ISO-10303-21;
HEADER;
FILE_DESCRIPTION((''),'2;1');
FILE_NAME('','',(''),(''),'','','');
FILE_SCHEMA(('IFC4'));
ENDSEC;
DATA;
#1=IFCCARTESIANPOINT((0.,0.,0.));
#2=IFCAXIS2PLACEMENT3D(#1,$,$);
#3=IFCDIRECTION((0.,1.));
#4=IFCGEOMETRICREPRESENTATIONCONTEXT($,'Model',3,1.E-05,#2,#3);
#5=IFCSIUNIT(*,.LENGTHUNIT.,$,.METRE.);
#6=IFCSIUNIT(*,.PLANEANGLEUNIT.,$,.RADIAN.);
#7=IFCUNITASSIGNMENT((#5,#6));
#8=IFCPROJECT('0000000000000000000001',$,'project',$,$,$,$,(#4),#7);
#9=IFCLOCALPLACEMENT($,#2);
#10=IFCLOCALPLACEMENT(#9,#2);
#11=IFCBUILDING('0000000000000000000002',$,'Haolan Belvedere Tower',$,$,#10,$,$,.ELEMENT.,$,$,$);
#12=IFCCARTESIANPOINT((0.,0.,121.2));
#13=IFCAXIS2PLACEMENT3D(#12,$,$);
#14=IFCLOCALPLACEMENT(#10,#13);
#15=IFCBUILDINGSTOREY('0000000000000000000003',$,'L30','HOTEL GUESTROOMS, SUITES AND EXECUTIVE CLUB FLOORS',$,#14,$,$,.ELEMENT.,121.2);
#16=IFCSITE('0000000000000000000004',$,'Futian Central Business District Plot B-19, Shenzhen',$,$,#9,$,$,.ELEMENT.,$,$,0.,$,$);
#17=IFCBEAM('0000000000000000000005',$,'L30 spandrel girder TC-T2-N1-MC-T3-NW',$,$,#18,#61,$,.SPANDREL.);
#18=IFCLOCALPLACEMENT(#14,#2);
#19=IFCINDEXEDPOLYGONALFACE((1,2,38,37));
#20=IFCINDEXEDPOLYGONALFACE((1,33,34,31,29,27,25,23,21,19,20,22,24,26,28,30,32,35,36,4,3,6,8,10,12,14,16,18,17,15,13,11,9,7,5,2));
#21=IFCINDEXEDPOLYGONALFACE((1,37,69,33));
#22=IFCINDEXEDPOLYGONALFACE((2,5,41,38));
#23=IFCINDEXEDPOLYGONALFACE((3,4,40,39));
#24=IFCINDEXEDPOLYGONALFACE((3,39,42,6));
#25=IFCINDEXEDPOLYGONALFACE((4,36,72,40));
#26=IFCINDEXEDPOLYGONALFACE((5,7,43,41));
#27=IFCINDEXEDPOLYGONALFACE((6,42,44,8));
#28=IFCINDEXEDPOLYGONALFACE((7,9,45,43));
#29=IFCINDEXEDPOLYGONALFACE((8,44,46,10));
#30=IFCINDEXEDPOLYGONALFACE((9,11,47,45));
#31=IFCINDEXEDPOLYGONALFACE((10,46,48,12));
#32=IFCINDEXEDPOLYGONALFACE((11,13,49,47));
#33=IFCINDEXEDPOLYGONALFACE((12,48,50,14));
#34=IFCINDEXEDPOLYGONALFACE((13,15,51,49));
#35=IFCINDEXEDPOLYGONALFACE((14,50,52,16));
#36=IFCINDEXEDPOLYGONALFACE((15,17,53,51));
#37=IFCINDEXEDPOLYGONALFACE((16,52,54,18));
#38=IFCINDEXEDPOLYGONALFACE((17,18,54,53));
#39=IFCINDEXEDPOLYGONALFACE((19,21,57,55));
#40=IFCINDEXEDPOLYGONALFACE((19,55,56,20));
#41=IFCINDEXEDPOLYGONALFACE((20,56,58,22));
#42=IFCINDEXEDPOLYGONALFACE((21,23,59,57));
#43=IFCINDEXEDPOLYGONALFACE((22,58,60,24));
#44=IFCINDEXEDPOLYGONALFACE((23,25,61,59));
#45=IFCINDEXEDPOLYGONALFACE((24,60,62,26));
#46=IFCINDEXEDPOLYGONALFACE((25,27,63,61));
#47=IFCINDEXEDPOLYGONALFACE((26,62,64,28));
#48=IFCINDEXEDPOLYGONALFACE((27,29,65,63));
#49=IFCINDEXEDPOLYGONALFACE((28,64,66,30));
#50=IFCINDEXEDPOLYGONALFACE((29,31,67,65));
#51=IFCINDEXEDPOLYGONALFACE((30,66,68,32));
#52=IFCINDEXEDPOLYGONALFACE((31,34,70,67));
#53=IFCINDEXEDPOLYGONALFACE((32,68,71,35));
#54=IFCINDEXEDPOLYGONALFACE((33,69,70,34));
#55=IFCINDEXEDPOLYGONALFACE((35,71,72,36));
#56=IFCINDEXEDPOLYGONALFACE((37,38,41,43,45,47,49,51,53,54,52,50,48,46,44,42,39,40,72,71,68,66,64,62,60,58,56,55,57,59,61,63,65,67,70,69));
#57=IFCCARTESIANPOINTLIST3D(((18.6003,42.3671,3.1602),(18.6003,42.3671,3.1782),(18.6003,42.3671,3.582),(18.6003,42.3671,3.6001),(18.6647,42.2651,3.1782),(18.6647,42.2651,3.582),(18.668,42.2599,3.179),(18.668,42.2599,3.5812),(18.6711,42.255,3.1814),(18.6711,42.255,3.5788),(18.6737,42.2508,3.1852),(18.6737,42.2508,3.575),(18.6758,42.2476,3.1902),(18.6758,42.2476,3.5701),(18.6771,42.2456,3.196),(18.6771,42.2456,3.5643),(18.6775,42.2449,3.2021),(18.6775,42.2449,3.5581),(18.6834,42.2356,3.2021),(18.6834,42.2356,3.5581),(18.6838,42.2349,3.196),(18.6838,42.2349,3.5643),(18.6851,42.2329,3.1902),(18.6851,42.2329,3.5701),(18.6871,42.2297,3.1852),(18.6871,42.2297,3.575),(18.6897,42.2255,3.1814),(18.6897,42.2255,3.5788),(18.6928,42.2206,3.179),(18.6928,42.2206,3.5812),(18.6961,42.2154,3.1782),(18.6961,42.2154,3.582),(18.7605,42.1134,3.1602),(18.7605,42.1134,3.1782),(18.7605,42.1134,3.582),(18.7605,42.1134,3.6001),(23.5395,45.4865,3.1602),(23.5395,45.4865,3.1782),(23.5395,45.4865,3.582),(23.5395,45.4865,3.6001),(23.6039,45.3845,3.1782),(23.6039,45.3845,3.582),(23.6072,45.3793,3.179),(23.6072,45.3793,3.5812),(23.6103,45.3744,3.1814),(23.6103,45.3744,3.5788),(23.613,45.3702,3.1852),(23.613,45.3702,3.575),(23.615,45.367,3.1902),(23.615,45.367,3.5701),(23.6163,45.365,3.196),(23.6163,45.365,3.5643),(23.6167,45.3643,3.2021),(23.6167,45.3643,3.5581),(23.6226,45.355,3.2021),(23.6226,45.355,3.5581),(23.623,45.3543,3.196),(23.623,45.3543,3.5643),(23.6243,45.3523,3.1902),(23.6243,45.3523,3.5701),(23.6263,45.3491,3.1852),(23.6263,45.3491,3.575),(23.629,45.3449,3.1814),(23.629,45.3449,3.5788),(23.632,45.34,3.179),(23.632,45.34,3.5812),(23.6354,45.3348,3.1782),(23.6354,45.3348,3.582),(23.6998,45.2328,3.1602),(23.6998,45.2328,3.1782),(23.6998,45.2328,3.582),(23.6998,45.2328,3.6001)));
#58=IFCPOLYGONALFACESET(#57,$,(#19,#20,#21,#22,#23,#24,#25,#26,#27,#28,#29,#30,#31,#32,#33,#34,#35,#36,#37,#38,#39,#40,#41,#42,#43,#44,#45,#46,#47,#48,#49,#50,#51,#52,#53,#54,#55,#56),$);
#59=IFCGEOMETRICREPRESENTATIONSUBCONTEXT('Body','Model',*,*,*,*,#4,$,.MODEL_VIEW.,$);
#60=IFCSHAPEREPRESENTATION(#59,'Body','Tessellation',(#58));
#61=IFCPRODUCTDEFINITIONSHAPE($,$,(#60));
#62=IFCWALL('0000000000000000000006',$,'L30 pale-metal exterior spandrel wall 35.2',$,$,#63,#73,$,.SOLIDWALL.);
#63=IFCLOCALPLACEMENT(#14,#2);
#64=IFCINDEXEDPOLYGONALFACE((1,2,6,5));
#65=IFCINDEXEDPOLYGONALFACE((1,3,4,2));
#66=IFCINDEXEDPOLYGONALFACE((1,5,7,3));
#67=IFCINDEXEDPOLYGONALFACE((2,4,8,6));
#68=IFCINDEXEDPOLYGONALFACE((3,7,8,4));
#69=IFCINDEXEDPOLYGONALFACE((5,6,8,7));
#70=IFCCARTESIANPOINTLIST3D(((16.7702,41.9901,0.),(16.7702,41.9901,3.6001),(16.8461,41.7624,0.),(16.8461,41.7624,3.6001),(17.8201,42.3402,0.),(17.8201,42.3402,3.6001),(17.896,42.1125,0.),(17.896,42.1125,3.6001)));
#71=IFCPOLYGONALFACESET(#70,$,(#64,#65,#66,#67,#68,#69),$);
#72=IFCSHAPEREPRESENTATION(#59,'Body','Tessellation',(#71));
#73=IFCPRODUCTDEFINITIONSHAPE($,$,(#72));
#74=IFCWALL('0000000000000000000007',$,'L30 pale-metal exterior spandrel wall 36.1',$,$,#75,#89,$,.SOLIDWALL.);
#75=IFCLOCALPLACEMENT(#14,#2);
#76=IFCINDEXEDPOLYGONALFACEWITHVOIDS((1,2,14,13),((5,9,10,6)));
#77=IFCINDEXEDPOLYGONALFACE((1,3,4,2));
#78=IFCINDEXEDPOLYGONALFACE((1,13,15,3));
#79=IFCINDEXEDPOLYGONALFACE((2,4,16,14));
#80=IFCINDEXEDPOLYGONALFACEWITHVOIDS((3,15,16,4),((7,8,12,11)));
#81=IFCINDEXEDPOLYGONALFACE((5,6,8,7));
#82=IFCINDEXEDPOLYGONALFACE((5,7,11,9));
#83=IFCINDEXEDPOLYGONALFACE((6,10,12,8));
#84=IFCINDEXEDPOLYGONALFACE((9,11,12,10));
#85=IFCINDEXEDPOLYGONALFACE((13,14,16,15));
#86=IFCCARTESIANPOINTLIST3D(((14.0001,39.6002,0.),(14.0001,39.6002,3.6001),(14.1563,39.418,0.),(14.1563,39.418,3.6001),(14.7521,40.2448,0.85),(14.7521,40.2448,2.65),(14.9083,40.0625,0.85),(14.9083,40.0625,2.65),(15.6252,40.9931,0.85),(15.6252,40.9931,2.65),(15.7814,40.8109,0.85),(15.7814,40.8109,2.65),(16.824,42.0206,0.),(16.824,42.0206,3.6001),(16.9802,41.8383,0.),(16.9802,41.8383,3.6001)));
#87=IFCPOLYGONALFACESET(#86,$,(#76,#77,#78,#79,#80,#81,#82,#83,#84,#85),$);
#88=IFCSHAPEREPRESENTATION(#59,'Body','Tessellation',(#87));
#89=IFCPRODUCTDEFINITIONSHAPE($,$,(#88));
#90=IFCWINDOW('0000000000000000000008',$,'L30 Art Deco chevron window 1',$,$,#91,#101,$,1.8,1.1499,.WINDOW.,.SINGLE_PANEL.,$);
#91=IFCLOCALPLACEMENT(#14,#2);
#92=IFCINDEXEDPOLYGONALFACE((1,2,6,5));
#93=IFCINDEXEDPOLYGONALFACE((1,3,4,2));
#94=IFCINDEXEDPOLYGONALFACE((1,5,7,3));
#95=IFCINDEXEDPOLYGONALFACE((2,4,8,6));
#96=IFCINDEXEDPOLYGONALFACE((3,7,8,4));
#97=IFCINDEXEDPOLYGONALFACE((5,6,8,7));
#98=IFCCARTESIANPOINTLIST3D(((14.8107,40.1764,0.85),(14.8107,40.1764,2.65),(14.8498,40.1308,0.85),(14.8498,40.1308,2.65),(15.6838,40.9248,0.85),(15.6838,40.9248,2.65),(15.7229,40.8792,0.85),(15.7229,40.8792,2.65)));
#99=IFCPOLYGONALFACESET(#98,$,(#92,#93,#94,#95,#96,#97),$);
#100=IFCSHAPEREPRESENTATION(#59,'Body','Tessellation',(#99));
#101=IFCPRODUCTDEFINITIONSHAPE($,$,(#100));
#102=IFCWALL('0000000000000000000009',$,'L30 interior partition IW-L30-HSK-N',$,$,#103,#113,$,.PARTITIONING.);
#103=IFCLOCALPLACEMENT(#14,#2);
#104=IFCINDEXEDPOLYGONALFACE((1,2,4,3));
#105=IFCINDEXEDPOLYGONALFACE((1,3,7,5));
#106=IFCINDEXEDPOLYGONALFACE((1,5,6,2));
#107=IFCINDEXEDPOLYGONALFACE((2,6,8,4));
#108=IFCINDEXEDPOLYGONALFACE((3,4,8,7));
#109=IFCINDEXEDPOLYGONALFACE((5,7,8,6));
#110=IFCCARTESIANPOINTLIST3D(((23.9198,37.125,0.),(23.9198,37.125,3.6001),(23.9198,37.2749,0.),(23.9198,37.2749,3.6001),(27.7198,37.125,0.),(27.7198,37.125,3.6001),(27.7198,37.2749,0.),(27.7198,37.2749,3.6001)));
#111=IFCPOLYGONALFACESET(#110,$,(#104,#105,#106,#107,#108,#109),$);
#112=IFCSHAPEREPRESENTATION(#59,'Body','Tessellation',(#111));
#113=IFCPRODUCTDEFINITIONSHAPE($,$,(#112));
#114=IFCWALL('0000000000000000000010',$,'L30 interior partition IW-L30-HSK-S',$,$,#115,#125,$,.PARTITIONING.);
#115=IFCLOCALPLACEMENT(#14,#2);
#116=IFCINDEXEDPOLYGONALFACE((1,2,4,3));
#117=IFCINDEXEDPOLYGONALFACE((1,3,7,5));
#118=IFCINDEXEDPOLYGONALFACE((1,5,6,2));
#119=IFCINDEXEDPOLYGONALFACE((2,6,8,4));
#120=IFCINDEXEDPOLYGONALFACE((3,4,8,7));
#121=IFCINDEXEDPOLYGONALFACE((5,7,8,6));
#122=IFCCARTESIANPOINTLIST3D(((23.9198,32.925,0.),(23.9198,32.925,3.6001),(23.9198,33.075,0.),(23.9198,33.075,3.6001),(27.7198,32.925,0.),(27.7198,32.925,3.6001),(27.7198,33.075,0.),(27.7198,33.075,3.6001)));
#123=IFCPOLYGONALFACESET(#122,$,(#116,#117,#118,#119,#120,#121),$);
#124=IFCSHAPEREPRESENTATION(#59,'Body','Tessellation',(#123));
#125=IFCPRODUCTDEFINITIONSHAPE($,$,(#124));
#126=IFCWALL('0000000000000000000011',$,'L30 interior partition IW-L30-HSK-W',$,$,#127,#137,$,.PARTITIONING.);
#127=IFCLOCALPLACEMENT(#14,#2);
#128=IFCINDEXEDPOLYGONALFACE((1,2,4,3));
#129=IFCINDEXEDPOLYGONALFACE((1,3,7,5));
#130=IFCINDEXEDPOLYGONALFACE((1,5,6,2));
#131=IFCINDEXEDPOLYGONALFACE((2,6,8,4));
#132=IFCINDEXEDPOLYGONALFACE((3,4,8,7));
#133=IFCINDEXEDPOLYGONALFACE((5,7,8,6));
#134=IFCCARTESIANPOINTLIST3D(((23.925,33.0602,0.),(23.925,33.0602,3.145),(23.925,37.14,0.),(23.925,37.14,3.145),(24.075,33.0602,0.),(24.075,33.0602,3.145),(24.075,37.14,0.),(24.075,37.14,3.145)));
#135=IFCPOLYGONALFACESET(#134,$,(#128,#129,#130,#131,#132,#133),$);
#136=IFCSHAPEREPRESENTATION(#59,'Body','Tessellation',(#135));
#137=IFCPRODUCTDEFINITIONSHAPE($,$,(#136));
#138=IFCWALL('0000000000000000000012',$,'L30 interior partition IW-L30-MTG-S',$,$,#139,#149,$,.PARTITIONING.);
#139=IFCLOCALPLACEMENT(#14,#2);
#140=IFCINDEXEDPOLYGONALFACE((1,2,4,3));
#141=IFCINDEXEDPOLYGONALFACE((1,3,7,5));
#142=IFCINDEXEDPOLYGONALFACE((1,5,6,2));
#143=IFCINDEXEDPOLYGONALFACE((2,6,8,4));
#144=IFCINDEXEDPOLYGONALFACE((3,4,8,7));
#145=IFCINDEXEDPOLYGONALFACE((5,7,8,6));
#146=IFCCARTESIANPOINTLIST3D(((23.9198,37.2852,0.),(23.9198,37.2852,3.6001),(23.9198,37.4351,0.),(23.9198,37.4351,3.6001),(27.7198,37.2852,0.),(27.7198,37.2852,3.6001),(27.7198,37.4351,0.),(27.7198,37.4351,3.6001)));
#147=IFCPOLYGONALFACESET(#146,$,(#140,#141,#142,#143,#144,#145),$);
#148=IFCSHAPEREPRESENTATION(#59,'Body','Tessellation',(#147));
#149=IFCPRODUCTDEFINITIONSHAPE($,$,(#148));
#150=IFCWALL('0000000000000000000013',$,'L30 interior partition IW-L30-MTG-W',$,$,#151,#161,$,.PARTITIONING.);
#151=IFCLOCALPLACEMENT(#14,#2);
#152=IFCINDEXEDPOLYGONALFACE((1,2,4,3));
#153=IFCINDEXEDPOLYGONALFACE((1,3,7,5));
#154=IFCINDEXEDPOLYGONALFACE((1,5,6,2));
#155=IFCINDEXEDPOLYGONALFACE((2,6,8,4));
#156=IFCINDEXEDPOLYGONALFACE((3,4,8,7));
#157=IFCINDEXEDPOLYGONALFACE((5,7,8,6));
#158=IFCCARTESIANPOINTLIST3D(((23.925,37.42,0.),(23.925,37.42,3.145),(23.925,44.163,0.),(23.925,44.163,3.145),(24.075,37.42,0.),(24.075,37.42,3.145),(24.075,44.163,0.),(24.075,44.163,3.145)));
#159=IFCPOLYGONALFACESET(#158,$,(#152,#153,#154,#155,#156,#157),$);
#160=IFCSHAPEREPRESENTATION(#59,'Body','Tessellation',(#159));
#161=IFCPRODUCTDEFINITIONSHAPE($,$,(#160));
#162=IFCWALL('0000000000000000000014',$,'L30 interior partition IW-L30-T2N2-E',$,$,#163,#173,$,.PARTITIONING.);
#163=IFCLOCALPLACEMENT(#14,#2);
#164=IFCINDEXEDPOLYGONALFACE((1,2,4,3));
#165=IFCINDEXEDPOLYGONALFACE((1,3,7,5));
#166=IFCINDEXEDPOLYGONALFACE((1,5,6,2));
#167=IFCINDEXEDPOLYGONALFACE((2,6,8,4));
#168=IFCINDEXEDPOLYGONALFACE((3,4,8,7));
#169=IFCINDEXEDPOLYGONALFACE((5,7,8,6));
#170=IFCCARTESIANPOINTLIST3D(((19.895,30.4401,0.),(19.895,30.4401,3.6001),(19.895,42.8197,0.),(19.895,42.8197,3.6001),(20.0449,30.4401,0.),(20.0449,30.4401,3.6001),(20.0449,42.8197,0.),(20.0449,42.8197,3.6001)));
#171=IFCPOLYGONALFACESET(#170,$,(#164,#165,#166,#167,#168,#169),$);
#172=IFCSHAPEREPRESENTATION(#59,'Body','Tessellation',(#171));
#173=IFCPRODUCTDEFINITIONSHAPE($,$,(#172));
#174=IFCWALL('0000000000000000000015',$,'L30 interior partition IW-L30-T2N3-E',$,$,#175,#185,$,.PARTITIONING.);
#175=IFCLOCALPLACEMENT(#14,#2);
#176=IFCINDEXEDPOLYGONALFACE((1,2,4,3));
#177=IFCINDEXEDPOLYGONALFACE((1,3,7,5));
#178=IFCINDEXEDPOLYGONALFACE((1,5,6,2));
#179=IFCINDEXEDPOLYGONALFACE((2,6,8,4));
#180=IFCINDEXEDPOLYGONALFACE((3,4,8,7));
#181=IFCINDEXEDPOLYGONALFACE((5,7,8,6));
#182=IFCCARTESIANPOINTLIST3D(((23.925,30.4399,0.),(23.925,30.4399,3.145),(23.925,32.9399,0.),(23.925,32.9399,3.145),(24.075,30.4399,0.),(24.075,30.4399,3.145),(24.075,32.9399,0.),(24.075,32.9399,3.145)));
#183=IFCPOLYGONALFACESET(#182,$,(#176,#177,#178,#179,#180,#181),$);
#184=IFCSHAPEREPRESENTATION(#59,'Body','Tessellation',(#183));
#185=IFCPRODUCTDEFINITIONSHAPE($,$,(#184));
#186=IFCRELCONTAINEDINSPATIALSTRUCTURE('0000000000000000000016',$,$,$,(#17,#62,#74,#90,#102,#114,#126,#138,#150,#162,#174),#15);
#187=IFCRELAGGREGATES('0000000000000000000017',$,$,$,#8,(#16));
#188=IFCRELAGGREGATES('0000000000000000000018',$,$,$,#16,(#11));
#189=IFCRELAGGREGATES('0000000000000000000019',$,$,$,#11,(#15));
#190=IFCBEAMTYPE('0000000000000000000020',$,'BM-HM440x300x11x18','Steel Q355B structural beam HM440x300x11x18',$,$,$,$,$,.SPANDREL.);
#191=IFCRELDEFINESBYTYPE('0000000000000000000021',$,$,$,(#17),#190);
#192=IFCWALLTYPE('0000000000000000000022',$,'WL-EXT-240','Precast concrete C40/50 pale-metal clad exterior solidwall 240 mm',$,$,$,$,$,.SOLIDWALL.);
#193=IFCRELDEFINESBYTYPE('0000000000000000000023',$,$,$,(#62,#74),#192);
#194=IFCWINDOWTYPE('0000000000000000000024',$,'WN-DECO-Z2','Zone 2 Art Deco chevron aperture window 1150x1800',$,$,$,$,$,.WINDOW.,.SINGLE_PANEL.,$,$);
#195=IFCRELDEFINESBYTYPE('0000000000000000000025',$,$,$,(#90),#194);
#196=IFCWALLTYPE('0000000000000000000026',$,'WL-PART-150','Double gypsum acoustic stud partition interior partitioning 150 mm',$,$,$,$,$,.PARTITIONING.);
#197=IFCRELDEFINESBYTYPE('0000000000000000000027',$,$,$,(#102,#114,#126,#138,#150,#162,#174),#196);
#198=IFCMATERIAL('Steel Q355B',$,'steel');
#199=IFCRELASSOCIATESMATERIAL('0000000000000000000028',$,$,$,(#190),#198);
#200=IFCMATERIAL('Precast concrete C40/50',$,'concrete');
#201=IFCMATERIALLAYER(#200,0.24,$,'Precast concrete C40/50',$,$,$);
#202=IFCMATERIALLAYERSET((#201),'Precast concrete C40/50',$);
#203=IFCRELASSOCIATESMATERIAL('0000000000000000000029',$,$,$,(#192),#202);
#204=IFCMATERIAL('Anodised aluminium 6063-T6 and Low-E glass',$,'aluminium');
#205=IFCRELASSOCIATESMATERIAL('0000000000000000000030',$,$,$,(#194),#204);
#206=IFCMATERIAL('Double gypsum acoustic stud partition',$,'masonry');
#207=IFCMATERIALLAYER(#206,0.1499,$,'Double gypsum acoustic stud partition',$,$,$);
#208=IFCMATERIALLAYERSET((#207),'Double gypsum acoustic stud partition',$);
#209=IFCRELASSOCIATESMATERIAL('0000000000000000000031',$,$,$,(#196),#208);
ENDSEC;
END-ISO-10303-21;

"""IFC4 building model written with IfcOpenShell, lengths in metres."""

from ifc_helpers import new_model, si_unit, direction, frame, frame_2d, origin, origin_2d, place, context, subcontext, project, spatial, rectangle, i_section, extrude, material, layer, layer_set, material_profile, profile_set, type_object, element, fill, save


model = new_model("IFC4")

# Units and contexts
model_context = context("Model", 3, precision=1e-05, world=origin(), true_north=direction((0.0, 1.0)))
body_context = subcontext(model_context, "Body", "Model", "MODEL_VIEW")
ifc_project = project(units=[si_unit("LENGTHUNIT", "METRE"), si_unit("PLANEANGLEUNIT", "RADIAN")], contexts=[model_context])

# Site, building, storey
site_placement = place(None, origin())
site = spatial("IfcSite", under=ifc_project, at=site_placement, Name="Futian Central Business District Plot B-19, Shenzhen", CompositionType="ELEMENT", RefElevation=0.0)
building_placement = place(site_placement, origin())
building = spatial("IfcBuilding", under=site, at=building_placement, Name="Haolan Belvedere Tower", CompositionType="ELEMENT")
storey_placement = place(building_placement, frame((0.0, 0.0, 121.2)))
storey = spatial("IfcBuildingStorey", under=building, at=storey_placement, Name="L30", Description="HOTEL GUESTROOMS, SUITES AND EXECUTIVE CLUB FLOORS", CompositionType="ELEMENT", Elevation=121.2)

# Beam
ifc_material_1 = material(Name="Steel Q355B", Category="steel")
ifc_material_profile_1 = material_profile(ifc_material_1, i_section(OverallWidth=0.3, OverallDepth=0.4399, WebThickness=0.011, FlangeThickness=0.0181, FilletRadius=0.0239, at=origin_2d()), Name="Steel Q355B")
ifc_profile_set_1 = profile_set([ifc_material_profile_1], Name="Steel Q355B")
beam_type = type_object("IfcBeamType", Name="BM-HM440x300x11x18", Description="Steel Q355B structural beam HM440x300x11x18", PredefinedType="SPANDREL", material=ifc_profile_set_1)
beam_placement = place(storey_placement, frame((18.6804, 42.2402, 3.3801), z_axis=(0.845498, 0.533979, 0.0), x_axis=(-0.533979, 0.845498, 0.0)))
element("IfcBeam", 1, at=beam_placement, inside=storey, type_object=beam_type, Name="L30 spandrel girder TC-T2-N1-MC-T3-NW", PredefinedType="SPANDREL", context=body_context, shape_type="SweptSolid", body=[
    extrude(i_section(OverallWidth=0.3, OverallDepth=0.4399, WebThickness=0.011, FlangeThickness=0.0181, FilletRadius=0.0239, at=origin_2d()), origin(), (0.0, 0.0, 1.0), 5.8418),
])

# Wall
ifc_material_2 = material(Name="Precast concrete C40/50", Category="concrete")
ifc_layer_1 = layer(ifc_material_2, 0.24, Name="Precast concrete C40/50")
ifc_layer_set_1 = layer_set([ifc_layer_1], Name="Precast concrete C40/50")
wall_type_1 = type_object("IfcWallType", Name="WL-EXT-240", Description="Precast concrete C40/50 pale-metal clad exterior solidwall 240 mm", PredefinedType="SOLIDWALL", material=ifc_layer_set_1)
wall_1_placement = place(storey_placement, frame((17.8579, 42.2263, 0.0), z_axis=(0.0, 0.0, 1.0), x_axis=(-0.948639, -0.31636, 0.0)))
element("IfcWall", 2, at=wall_1_placement, inside=storey, type_object=wall_type_1, Name="L30 pale-metal exterior spandrel wall 35.2", PredefinedType="SOLIDWALL", context=body_context, shape_type="SweptSolid", body=[
    extrude(rectangle(XDim=1.1067, YDim=0.24, at=frame_2d((0.5532, 0.0))), origin(), (0.0, 0.0, 1.0), 3.6001),
])

# Wall, opening, window
wall_2_placement = place(storey_placement, frame((16.9021, 41.9294, 0.0), z_axis=(0.0, 0.0, 1.0), x_axis=(-0.759275, -0.65077, 0.0)))
wall_2 = element("IfcWall", 3, at=wall_2_placement, inside=storey, type_object=wall_type_1, Name="L30 pale-metal exterior spandrel wall 36.1", PredefinedType="SOLIDWALL", context=body_context, shape_type="SweptSolid", body=[
    extrude(rectangle(XDim=3.7192, YDim=0.24, at=frame_2d((1.8596, 0.0))), origin(), (0.0, 0.0, 1.0), 3.6001),
])
opening_1_placement = place(wall_2_placement, frame((1.5789, 0.0, 0.8501)))
opening_1 = element("IfcOpeningElement", 4, at=opening_1_placement, cuts=wall_2, PredefinedType="OPENING", context=body_context, shape_type="SweptSolid", body=[
    extrude(rectangle(XDim=1.1499, YDim=1.8, at=frame_2d((0.575, 0.8999))), frame((0.0, 0.1299, 0.0), z_axis=(0.0, -1.0, 0.0), x_axis=(1.0, 0.0, 0.0)), (0.0, 0.0, 1.0), 0.26),
])
ifc_material_3 = material(Name="Anodised aluminium 6063-T6 and Low-E glass", Category="aluminium")
window_type = type_object("IfcWindowType", Name="WN-DECO-Z2", Description="Zone 2 Art Deco chevron aperture window 1150x1800", PartitioningType="SINGLE_PANEL", PredefinedType="WINDOW", material=ifc_material_3)
window_placement = place(opening_1_placement, origin())
window = element("IfcWindow", 5, at=window_placement, inside=storey, type_object=window_type, Name="L30 Art Deco chevron window 1", OverallHeight=1.8, OverallWidth=1.1499, PartitioningType="SINGLE_PANEL", PredefinedType="WINDOW", context=body_context, shape_type="SweptSolid", body=[
    extrude(rectangle(XDim=1.1499, YDim=1.8, at=frame_2d((0.575, 0.8999))), frame((0.0, 0.03, 0.0), z_axis=(0.0, -1.0, 0.0), x_axis=(1.0, 0.0, 0.0)), (0.0, 0.0, 1.0), 0.0601),
])
fill(opening_1, window)

# Walls
ifc_material_4 = material(Name="Double gypsum acoustic stud partition", Category="masonry")
ifc_layer_2 = layer(ifc_material_4, 0.1499, Name="Double gypsum acoustic stud partition")
ifc_layer_set_2 = layer_set([ifc_layer_2], Name="Double gypsum acoustic stud partition")
wall_type_2 = type_object("IfcWallType", Name="WL-PART-150", Description="Double gypsum acoustic stud partition interior partitioning 150 mm", PredefinedType="PARTITIONING", material=ifc_layer_set_2)
for number, where, z_axis, x_axis, name in (
    (6, (23.9199, 37.2, 0.0), (0.0, 0.0, 1.0), (1.0, 0.0, 0.0), "L30 interior partition IW-L30-HSK-N"),
    (7, (23.9199, 33.0, 0.0), (0.0, 0.0, 1.0), (1.0, 0.0, 0.0), "L30 interior partition IW-L30-HSK-S"),
):
    element("IfcWall", number, at=place(storey_placement, frame(where, z_axis=z_axis, x_axis=x_axis)), inside=storey, type_object=wall_type_2, Name=name, PredefinedType="PARTITIONING", context=body_context, shape_type="SweptSolid", body=[
        extrude(rectangle(XDim=3.8, YDim=0.1499, at=frame_2d((1.8999, 0.0))), origin(), (0.0, 0.0, 1.0), 3.6001),
    ])
wall_3_placement = place(storey_placement, frame((24.0, 33.0601, 0.0), z_axis=(0.0, 0.0, 1.0), x_axis=(0.0, 1.0, 0.0)))
element("IfcWall", 8, at=wall_3_placement, inside=storey, type_object=wall_type_2, Name="L30 interior partition IW-L30-HSK-W", PredefinedType="PARTITIONING", context=body_context, shape_type="SweptSolid", body=[
    extrude(rectangle(XDim=4.0798, YDim=0.1499, at=frame_2d((2.04, 0.0))), origin(), (0.0, 0.0, 1.0), 3.145),
])
wall_4_placement = place(storey_placement, frame((23.9199, 37.3601, 0.0), z_axis=(0.0, 0.0, 1.0), x_axis=(1.0, 0.0, 0.0)))
element("IfcWall", 9, at=wall_4_placement, inside=storey, type_object=wall_type_2, Name="L30 interior partition IW-L30-MTG-S", PredefinedType="PARTITIONING", context=body_context, shape_type="SweptSolid", body=[
    extrude(rectangle(XDim=3.8, YDim=0.1499, at=frame_2d((1.8999, 0.0))), origin(), (0.0, 0.0, 1.0), 3.6001),
])
wall_5_placement = place(storey_placement, frame((24.0, 37.4199, 0.0), z_axis=(0.0, 0.0, 1.0), x_axis=(0.0, 1.0, 0.0)))
element("IfcWall", 10, at=wall_5_placement, inside=storey, type_object=wall_type_2, Name="L30 interior partition IW-L30-MTG-W", PredefinedType="PARTITIONING", context=body_context, shape_type="SweptSolid", body=[
    extrude(rectangle(XDim=6.7429, YDim=0.1499, at=frame_2d((3.3716, 0.0))), origin(), (0.0, 0.0, 1.0), 3.145),
])

# Wall
wall_6_placement = place(storey_placement, frame((19.97, 30.4399, 0.0), z_axis=(0.0, 0.0, 1.0), x_axis=(0.0, 1.0, 0.0)))
element("IfcWall", 11, at=wall_6_placement, inside=storey, type_object=wall_type_2, Name="L30 interior partition IW-L30-T2N2-E", PredefinedType="PARTITIONING", context=body_context, shape_type="SweptSolid", body=[
    extrude(rectangle(XDim=12.3796, YDim=0.1499, at=frame_2d((6.1899, 0.0))), origin(), (0.0, 0.0, 1.0), 3.6001),
])

# Wall
wall_7_placement = place(storey_placement, frame((24.0, 30.4399, 0.0), z_axis=(0.0, 0.0, 1.0), x_axis=(0.0, 1.0, 0.0)))
element("IfcWall", 12, at=wall_7_placement, inside=storey, type_object=wall_type_2, Name="L30 interior partition IW-L30-T2N3-E", PredefinedType="PARTITIONING", context=body_context, shape_type="SweptSolid", body=[
    extrude(rectangle(XDim=2.5, YDim=0.1499, at=frame_2d((1.25, 0.0))), origin(), (0.0, 0.0, 1.0), 3.145),
])

save(model, "model.ifc")
